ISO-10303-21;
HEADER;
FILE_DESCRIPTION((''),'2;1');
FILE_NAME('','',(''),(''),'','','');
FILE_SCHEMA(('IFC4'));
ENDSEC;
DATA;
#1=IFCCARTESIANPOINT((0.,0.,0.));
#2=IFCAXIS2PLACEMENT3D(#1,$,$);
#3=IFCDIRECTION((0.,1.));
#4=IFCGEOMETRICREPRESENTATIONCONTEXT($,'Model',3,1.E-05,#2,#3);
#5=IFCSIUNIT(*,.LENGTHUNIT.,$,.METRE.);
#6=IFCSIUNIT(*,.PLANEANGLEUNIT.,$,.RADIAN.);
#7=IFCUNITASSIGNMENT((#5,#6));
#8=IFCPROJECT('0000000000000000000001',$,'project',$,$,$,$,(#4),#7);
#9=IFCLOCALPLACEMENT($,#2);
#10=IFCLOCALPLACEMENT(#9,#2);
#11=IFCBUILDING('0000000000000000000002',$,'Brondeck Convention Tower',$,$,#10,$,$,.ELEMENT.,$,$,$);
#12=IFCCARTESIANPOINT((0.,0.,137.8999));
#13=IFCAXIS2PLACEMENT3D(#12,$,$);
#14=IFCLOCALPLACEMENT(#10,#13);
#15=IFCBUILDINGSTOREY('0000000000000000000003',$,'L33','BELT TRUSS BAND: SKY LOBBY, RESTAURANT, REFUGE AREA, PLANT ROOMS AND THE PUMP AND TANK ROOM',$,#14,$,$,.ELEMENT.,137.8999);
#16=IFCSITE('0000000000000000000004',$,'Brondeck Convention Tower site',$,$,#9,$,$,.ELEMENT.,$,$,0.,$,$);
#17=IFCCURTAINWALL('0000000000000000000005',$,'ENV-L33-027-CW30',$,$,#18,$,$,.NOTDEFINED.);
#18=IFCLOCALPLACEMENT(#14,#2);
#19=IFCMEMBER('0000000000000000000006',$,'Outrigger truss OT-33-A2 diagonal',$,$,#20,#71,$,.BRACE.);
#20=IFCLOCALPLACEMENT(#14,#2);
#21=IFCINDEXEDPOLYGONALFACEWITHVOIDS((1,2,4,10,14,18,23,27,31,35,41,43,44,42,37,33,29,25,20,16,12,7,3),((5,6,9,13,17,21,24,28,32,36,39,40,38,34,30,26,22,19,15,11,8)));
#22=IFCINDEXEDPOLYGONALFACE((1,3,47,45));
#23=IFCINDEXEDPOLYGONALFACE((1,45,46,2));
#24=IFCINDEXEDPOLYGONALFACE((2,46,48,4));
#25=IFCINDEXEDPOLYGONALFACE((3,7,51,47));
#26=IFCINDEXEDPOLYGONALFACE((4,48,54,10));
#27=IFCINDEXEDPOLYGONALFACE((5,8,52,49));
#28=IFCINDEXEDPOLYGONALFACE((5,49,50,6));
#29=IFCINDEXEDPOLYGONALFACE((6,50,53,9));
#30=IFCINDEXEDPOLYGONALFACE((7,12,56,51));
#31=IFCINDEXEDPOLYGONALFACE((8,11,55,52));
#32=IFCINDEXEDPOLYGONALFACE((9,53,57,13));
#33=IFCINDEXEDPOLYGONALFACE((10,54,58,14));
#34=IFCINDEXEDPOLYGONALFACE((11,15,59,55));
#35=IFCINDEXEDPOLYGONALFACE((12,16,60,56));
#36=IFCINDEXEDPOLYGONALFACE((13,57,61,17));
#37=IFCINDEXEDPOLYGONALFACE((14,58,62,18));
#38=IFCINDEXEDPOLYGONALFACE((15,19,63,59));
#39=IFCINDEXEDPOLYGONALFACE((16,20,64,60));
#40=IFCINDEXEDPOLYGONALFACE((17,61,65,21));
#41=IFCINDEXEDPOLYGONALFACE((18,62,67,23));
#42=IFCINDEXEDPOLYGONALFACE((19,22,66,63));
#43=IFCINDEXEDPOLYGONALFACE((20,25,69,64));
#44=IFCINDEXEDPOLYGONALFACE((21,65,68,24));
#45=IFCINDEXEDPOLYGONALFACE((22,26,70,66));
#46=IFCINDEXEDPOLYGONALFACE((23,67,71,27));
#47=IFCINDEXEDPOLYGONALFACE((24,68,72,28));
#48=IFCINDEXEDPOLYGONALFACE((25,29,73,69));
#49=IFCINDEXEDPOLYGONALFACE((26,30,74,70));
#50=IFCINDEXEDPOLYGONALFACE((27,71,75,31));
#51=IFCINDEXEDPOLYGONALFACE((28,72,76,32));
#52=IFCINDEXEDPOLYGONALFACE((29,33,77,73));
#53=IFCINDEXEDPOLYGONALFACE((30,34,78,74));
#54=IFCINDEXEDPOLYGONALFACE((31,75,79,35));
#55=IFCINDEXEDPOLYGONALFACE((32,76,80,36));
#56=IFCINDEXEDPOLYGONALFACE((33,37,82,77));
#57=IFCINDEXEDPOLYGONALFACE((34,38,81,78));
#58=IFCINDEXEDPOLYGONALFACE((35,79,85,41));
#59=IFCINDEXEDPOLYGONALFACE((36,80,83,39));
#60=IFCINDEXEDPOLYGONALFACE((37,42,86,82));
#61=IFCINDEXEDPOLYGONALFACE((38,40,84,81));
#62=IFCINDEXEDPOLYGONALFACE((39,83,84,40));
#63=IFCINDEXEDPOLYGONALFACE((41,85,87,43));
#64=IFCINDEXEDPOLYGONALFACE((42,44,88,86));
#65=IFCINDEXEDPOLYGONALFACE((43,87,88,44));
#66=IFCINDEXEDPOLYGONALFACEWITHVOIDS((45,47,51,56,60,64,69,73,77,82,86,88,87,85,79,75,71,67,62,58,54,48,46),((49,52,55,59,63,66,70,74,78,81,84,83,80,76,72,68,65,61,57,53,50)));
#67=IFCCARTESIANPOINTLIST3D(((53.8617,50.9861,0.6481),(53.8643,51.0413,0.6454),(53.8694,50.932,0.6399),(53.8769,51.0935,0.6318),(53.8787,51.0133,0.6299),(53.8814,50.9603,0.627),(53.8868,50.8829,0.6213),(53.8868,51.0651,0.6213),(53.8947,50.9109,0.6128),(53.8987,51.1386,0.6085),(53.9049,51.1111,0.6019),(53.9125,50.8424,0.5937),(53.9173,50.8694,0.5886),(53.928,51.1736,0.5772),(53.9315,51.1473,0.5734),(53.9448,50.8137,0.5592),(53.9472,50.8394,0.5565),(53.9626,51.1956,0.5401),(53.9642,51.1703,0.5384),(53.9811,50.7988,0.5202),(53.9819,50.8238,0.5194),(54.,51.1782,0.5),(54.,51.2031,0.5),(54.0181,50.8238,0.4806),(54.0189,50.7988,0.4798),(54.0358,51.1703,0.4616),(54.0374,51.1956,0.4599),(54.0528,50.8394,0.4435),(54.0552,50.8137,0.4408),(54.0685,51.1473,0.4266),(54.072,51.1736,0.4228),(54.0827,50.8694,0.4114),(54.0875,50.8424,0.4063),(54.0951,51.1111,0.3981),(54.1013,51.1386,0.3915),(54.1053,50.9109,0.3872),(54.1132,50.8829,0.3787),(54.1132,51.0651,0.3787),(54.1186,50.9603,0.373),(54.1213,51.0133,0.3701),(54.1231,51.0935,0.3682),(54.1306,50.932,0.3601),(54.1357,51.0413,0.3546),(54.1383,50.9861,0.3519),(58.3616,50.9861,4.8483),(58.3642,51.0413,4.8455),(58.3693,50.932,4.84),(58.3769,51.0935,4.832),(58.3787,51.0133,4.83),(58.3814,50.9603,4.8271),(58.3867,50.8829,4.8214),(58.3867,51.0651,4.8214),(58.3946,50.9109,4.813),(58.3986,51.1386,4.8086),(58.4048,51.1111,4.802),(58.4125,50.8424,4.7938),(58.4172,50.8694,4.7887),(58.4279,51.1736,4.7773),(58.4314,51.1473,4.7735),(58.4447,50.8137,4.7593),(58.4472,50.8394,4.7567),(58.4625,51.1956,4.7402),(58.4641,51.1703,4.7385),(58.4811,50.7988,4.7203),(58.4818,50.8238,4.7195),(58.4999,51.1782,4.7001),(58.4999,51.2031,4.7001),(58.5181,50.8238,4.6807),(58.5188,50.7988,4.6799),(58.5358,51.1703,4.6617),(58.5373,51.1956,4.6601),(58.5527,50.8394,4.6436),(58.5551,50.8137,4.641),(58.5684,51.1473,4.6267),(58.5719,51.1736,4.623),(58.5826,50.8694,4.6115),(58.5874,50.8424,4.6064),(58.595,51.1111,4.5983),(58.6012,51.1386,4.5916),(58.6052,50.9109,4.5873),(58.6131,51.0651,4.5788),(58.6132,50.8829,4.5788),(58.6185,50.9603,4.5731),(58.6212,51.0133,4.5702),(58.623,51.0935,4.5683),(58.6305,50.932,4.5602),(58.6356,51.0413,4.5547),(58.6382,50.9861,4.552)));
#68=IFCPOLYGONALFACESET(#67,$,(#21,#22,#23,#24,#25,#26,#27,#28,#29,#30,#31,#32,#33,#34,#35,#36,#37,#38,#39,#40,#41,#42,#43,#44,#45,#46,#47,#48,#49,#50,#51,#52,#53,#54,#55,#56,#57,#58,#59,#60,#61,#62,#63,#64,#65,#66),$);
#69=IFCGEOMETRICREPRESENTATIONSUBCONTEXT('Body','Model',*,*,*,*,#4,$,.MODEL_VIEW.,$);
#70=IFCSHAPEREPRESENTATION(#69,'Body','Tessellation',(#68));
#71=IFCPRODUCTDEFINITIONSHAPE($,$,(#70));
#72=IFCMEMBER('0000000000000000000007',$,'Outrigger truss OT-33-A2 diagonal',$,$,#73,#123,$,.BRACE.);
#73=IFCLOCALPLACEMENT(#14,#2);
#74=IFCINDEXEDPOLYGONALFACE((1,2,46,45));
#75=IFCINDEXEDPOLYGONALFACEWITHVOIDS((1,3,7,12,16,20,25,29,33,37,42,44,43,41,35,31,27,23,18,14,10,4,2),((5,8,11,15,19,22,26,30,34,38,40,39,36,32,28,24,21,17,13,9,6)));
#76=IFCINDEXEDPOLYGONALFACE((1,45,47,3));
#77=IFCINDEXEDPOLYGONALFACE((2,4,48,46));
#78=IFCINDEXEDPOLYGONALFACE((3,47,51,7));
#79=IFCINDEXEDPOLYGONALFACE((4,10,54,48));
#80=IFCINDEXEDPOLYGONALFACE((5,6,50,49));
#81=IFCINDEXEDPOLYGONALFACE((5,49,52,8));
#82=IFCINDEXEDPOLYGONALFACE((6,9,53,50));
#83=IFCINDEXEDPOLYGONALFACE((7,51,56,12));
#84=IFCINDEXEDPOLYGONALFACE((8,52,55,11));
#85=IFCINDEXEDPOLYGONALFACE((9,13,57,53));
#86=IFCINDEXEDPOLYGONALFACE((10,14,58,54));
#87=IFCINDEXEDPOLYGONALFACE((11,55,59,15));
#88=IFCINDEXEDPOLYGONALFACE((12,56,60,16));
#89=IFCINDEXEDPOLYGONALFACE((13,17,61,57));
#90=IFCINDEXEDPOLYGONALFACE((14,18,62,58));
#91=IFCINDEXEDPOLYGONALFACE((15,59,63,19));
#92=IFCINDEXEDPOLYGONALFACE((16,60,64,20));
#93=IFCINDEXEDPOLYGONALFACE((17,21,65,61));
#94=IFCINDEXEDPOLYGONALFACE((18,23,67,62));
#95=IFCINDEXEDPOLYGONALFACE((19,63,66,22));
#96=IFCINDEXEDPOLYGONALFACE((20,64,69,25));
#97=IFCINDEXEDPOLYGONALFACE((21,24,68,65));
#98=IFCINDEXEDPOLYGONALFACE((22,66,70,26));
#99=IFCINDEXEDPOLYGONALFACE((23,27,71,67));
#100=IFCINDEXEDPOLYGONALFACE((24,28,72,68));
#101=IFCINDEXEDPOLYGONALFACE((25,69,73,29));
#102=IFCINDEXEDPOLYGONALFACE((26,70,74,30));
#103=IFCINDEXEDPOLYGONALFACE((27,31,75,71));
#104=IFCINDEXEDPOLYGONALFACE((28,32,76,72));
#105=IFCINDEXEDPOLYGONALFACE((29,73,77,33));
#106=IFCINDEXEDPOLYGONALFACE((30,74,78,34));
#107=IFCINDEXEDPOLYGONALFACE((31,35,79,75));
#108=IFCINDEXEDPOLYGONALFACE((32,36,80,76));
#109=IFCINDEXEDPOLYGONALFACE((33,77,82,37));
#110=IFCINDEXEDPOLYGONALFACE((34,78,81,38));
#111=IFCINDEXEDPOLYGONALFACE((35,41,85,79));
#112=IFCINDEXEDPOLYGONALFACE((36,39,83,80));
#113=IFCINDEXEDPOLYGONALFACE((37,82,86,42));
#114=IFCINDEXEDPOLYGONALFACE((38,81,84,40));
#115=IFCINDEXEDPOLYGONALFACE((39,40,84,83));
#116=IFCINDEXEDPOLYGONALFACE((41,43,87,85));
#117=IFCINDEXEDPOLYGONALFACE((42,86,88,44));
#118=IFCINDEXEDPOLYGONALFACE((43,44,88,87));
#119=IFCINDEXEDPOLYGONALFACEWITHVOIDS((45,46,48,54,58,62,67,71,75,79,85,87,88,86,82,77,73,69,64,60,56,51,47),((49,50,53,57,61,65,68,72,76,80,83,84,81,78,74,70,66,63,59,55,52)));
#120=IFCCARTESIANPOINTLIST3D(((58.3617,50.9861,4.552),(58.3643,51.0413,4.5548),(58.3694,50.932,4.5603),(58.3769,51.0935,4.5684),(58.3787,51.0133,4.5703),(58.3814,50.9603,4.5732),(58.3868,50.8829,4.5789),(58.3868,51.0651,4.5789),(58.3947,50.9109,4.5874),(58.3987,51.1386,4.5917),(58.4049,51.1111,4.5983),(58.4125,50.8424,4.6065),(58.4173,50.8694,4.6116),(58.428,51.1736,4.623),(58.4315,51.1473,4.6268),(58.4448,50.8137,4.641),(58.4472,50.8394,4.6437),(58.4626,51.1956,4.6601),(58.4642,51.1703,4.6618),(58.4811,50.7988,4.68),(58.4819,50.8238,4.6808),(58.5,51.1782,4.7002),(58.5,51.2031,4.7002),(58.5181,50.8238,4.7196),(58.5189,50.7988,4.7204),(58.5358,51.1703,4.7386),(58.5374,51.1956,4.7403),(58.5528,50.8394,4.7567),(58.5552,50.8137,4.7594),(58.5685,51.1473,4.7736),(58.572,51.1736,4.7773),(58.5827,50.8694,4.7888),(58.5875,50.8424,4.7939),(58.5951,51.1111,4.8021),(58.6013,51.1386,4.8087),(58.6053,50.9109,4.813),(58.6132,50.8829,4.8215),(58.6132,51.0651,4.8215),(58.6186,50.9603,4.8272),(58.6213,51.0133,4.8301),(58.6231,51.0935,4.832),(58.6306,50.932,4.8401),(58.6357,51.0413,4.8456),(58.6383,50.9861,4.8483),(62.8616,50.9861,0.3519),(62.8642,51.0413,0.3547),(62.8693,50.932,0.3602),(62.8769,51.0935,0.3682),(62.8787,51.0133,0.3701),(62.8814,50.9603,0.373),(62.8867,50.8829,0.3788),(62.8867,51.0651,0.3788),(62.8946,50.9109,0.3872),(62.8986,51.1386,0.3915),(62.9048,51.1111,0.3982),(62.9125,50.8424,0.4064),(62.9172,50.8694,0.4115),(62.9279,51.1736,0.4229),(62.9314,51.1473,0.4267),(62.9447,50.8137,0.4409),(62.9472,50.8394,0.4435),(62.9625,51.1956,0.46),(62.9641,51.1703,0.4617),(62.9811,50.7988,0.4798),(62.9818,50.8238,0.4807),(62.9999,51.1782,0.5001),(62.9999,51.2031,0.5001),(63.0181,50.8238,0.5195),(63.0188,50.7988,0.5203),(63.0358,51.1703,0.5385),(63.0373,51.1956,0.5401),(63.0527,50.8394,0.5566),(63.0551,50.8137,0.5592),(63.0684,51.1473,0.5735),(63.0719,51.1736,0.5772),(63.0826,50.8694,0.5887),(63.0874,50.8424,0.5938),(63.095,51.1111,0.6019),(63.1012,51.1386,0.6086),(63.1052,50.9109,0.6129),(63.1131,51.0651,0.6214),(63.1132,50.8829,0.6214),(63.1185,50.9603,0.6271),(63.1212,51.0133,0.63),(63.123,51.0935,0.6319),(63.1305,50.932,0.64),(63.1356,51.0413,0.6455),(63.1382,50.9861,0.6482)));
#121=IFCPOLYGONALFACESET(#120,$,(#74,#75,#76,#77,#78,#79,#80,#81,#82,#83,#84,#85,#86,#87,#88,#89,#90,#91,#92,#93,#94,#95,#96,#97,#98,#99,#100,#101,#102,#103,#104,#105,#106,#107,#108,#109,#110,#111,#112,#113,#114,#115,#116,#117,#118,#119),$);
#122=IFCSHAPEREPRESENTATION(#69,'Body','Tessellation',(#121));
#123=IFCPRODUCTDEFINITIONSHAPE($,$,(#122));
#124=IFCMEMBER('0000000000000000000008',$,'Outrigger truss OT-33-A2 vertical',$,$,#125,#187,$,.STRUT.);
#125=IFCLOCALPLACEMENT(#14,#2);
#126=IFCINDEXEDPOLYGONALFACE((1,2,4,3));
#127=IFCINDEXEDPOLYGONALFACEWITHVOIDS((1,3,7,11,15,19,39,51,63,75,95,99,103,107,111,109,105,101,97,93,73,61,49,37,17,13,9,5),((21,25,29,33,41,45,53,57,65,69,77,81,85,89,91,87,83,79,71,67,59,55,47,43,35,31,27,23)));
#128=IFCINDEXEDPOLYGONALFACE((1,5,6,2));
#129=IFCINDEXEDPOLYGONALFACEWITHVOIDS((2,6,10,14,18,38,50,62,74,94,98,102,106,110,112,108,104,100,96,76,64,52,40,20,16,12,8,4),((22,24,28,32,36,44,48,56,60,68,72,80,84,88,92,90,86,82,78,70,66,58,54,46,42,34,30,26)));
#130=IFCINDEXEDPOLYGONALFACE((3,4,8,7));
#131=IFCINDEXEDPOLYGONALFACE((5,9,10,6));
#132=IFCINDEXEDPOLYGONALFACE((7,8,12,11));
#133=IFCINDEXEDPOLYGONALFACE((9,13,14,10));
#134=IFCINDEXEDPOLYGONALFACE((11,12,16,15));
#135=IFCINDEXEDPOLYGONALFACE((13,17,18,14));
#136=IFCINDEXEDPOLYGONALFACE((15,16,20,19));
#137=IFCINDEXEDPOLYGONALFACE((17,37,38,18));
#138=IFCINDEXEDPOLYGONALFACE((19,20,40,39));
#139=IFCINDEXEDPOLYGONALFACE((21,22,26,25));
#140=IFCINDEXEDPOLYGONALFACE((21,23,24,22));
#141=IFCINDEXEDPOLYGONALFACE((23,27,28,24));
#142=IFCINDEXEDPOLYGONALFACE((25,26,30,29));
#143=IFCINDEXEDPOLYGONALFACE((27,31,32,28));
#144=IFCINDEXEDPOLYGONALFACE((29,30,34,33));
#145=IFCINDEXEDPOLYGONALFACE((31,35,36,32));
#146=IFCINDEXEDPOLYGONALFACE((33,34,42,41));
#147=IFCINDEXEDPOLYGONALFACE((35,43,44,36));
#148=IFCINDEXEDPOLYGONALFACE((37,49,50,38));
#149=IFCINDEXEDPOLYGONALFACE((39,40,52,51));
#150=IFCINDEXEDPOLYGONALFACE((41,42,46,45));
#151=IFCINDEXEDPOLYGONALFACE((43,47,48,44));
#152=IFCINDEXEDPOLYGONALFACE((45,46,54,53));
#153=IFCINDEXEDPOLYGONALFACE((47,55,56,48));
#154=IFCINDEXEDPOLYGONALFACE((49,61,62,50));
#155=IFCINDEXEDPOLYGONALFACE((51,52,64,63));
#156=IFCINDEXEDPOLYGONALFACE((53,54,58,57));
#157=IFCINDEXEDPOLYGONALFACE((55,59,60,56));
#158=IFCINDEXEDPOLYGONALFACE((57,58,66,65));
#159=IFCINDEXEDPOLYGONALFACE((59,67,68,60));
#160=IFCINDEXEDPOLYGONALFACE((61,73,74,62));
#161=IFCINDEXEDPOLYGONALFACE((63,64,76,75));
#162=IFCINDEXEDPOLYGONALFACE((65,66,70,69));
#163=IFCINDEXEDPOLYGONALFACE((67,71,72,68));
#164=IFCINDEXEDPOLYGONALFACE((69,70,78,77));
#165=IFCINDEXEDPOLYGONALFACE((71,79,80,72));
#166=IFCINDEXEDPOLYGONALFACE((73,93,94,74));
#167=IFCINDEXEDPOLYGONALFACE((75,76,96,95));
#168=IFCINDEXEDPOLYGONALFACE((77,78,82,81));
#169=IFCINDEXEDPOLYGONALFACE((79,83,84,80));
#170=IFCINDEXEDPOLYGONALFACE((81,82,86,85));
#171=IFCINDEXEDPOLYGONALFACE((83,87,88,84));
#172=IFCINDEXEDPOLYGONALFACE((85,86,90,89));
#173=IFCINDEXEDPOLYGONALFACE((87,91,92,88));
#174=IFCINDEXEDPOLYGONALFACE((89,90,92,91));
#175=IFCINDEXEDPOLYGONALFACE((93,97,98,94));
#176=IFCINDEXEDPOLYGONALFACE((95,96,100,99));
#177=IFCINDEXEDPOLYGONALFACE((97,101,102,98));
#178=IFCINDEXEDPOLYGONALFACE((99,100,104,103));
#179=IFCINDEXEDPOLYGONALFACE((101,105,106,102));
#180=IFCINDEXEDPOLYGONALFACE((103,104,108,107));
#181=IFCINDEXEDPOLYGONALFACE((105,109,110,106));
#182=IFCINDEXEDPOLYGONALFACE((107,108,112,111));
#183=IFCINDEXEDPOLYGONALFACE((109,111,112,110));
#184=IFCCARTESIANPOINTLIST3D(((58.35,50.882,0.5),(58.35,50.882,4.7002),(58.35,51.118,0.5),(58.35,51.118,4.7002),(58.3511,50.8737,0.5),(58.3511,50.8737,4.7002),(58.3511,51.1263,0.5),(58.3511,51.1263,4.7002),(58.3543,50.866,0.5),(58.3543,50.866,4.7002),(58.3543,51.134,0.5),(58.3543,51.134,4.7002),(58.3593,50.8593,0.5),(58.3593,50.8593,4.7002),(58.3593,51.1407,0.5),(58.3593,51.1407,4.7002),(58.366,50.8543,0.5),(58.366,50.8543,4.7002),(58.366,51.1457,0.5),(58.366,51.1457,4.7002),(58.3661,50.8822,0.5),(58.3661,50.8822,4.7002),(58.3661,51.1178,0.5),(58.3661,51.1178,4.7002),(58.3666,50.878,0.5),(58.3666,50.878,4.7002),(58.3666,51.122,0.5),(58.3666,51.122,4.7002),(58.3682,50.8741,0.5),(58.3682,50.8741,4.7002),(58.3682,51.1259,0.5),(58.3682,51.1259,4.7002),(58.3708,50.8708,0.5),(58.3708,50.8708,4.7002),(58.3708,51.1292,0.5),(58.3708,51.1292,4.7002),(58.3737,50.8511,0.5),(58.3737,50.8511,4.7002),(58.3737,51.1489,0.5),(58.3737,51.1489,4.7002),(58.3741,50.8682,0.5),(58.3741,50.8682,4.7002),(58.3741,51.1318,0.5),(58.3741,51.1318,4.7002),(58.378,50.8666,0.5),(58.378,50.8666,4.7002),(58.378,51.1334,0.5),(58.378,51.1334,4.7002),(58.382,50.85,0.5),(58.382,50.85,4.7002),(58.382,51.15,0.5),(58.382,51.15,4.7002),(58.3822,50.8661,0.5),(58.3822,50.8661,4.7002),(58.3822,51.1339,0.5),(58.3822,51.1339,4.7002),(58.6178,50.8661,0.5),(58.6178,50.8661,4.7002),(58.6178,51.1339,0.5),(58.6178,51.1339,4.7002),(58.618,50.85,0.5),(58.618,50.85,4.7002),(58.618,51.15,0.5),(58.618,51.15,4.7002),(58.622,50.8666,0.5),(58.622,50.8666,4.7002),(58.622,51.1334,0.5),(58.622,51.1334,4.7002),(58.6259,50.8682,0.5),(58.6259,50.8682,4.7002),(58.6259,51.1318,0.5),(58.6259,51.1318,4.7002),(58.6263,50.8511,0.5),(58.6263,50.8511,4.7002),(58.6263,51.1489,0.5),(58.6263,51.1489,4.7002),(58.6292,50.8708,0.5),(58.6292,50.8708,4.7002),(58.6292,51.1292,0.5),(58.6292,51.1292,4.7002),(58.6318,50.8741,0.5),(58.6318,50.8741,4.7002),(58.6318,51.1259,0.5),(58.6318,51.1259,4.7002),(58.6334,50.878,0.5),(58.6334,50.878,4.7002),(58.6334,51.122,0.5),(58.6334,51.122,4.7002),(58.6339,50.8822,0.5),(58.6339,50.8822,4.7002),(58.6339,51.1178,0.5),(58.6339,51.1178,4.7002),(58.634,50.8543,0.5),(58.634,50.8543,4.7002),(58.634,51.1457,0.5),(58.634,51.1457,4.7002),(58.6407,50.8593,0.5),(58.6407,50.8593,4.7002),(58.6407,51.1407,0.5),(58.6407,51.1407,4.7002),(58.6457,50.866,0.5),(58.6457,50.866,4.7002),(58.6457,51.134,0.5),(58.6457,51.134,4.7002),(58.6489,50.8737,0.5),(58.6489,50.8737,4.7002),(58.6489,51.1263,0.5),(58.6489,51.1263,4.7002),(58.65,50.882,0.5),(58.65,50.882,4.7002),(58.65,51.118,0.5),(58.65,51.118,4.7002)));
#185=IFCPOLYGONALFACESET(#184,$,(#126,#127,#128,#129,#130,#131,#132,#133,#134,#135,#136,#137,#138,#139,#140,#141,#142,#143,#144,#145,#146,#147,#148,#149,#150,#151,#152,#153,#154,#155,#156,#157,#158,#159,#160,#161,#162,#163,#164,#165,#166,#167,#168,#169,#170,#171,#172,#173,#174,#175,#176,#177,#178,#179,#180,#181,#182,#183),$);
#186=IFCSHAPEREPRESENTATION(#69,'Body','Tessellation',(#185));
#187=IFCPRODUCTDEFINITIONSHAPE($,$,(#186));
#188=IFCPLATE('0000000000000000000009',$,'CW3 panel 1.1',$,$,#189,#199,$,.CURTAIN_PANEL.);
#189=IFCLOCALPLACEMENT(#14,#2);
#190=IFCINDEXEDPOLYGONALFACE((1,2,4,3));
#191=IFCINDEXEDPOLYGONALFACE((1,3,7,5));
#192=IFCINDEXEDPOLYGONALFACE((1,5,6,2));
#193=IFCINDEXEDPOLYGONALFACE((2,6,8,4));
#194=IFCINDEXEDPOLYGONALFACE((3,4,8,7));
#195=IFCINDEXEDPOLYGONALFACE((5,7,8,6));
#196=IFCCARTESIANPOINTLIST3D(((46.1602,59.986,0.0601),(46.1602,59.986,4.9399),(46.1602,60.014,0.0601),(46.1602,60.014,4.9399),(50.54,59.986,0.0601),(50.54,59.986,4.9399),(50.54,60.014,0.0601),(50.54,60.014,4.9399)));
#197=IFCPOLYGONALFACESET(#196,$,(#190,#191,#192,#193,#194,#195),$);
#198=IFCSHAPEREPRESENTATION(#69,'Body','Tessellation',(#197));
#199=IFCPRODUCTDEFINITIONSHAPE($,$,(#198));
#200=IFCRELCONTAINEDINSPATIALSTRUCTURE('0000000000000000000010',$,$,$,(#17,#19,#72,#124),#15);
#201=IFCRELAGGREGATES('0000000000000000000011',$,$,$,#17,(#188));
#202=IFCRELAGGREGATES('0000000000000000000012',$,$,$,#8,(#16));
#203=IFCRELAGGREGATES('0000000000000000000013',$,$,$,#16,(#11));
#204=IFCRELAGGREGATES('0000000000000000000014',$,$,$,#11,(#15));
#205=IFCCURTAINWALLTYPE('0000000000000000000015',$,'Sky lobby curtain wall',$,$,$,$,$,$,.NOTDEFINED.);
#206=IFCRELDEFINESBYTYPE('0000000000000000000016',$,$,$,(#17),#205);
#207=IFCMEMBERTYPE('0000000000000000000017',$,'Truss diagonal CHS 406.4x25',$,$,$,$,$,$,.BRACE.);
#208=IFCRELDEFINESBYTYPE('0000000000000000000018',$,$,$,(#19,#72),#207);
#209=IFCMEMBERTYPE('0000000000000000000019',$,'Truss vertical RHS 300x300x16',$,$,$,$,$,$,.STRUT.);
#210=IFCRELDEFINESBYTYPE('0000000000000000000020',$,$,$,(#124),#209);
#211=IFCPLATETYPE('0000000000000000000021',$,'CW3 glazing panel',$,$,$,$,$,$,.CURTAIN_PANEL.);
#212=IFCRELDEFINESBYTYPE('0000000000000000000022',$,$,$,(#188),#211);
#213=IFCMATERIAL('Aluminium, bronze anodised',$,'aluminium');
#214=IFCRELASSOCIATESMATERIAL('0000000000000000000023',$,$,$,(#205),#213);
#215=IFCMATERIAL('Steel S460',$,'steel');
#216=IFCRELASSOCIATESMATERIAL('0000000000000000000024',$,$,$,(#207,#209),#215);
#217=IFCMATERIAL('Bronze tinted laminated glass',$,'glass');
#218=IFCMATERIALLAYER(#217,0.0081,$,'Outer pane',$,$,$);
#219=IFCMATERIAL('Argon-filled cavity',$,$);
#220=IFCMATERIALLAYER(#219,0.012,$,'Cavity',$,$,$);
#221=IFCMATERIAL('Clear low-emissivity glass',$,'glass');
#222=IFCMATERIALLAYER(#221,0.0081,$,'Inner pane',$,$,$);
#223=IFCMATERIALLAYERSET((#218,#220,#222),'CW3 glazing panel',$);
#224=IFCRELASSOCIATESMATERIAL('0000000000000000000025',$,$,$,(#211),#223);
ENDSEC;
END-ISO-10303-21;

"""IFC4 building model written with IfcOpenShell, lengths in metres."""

from ifc_helpers import new_model, si_unit, direction, frame, origin, origin_2d, place, context, subcontext, project, spatial, rectangle, hollow_rectangle, hollow_circle, extrude, material, layer, layer_set, material_profile, profile_set, type_object, element, aggregate, save


model = new_model("IFC4")

# Units and contexts
model_context = context("Model", 3, precision=1e-05, world=origin(), true_north=direction((0.0, 1.0)))
body_context = subcontext(model_context, "Body", "Model", "MODEL_VIEW")
ifc_project = project(units=[si_unit("LENGTHUNIT", "METRE"), si_unit("PLANEANGLEUNIT", "RADIAN")], contexts=[model_context])

# Site, building, storey
site_placement = place(None, origin())
site = spatial("IfcSite", under=ifc_project, at=site_placement, Name="Brondeck Convention Tower site", CompositionType="ELEMENT", RefElevation=0.0)
building_placement = place(site_placement, origin())
building = spatial("IfcBuilding", under=site, at=building_placement, Name="Brondeck Convention Tower", CompositionType="ELEMENT")
storey_placement = place(building_placement, frame((0.0, 0.0, 137.8999)))
storey = spatial("IfcBuildingStorey", under=building, at=storey_placement, Name="L33", Description="BELT TRUSS BAND: SKY LOBBY, RESTAURANT, REFUGE AREA, PLANT ROOMS AND THE PUMP AND TANK ROOM", CompositionType="ELEMENT", Elevation=137.8999)

# Curtain wall
ifc_material_1 = material(Name="Aluminium, bronze anodised", Category="aluminium")
curtain_wall_type = type_object("IfcCurtainWallType", Name="Sky lobby curtain wall", PredefinedType="NOTDEFINED", material=ifc_material_1)
curtain_wall_1_placement = place(storey_placement, origin())
curtain_wall_1 = element("IfcCurtainWall", 1, at=curtain_wall_1_placement, inside=storey, type_object=curtain_wall_type, Name="ENV-L33-027-CW30", PredefinedType="NOTDEFINED")

# Members
ifc_material_2 = material(Name="Steel S460", Category="steel")
ifc_material_profile_1 = material_profile(ifc_material_2, hollow_circle(Radius=0.2031, WallThickness=0.0249, at=origin_2d()), Name="CHS 406.4x25")
ifc_profile_set_1 = profile_set([ifc_material_profile_1], Name="Steel S460")
member_type_1 = type_object("IfcMemberType", Name="Truss diagonal CHS 406.4x25", PredefinedType="BRACE", material=ifc_profile_set_1)
for number, where, z_axis, x_axis, name in (
    (2, (54.0, 51.0, 0.5), (0.731039, 0.0, 0.682335), (0.0, 1.0, 0.0), "Outrigger truss OT-33-A2 diagonal"),
    (3, (58.5, 51.0, 4.7002), (0.731039, 0.0, -0.682335), (0.0, 1.0, 0.0), "Outrigger truss OT-33-A2 diagonal"),
):
    element("IfcMember", number, at=place(storey_placement, frame(where, z_axis=z_axis, x_axis=x_axis)), inside=storey, type_object=member_type_1, Name=name, PredefinedType="BRACE", context=body_context, shape_type="SweptSolid", body=[
        extrude(hollow_circle(Radius=0.2031, WallThickness=0.0249, at=origin_2d()), origin(), (0.0, 0.0, 1.0), 6.1555),
    ])
ifc_material_profile_2 = material_profile(ifc_material_2, hollow_rectangle(XDim=0.3, YDim=0.3, WallThickness=0.0161, InnerFilletRadius=0.0161, OuterFilletRadius=0.032, at=origin_2d()), Name="RHS 300x300x16")
ifc_profile_set_2 = profile_set([ifc_material_profile_2], Name="Steel S460")
member_type_2 = type_object("IfcMemberType", Name="Truss vertical RHS 300x300x16", PredefinedType="STRUT", material=ifc_profile_set_2)
member_1_placement = place(storey_placement, frame((58.5, 51.0, 0.5), z_axis=(0.0, 0.0, 1.0), x_axis=(1.0, 0.0, 0.0)))
element("IfcMember", 4, at=member_1_placement, inside=storey, type_object=member_type_2, Name="Outrigger truss OT-33-A2 vertical", PredefinedType="STRUT", context=body_context, shape_type="SweptSolid", body=[
    extrude(hollow_rectangle(XDim=0.3, YDim=0.3, WallThickness=0.0161, InnerFilletRadius=0.0161, OuterFilletRadius=0.032, at=origin_2d()), origin(), (0.0, 0.0, 1.0), 4.2002),
])

# Plate
ifc_material_3 = material(Name="Bronze tinted laminated glass", Category="glass")
ifc_layer_1 = layer(ifc_material_3, 0.0081, Name="Outer pane")
ifc_material_4 = material(Name="Argon-filled cavity")
ifc_layer_2 = layer(ifc_material_4, 0.012, Name="Cavity")
ifc_material_5 = material(Name="Clear low-emissivity glass", Category="glass")
ifc_layer_3 = layer(ifc_material_5, 0.0081, Name="Inner pane")
ifc_layer_set_1 = layer_set([ifc_layer_1, ifc_layer_2, ifc_layer_3], Name="CW3 glazing panel")
plate_type = type_object("IfcPlateType", Name="CW3 glazing panel", PredefinedType="CURTAIN_PANEL", material=ifc_layer_set_1)
plate_placement = place(storey_placement, frame((48.3501, 60.0, 0.0601), z_axis=(0.0, 0.0, 1.0), x_axis=(1.0, 0.0, 0.0)))
plate = element("IfcPlate", 5, at=plate_placement, type_object=plate_type, Name="CW3 panel 1.1", PredefinedType="CURTAIN_PANEL", context=body_context, shape_type="SweptSolid", body=[
    extrude(rectangle(XDim=4.3799, YDim=0.0281, at=origin_2d()), origin(), (0.0, 0.0, 1.0), 4.8799),
])
aggregate(curtain_wall_1, [plate])

save(model, "model.ifc")
